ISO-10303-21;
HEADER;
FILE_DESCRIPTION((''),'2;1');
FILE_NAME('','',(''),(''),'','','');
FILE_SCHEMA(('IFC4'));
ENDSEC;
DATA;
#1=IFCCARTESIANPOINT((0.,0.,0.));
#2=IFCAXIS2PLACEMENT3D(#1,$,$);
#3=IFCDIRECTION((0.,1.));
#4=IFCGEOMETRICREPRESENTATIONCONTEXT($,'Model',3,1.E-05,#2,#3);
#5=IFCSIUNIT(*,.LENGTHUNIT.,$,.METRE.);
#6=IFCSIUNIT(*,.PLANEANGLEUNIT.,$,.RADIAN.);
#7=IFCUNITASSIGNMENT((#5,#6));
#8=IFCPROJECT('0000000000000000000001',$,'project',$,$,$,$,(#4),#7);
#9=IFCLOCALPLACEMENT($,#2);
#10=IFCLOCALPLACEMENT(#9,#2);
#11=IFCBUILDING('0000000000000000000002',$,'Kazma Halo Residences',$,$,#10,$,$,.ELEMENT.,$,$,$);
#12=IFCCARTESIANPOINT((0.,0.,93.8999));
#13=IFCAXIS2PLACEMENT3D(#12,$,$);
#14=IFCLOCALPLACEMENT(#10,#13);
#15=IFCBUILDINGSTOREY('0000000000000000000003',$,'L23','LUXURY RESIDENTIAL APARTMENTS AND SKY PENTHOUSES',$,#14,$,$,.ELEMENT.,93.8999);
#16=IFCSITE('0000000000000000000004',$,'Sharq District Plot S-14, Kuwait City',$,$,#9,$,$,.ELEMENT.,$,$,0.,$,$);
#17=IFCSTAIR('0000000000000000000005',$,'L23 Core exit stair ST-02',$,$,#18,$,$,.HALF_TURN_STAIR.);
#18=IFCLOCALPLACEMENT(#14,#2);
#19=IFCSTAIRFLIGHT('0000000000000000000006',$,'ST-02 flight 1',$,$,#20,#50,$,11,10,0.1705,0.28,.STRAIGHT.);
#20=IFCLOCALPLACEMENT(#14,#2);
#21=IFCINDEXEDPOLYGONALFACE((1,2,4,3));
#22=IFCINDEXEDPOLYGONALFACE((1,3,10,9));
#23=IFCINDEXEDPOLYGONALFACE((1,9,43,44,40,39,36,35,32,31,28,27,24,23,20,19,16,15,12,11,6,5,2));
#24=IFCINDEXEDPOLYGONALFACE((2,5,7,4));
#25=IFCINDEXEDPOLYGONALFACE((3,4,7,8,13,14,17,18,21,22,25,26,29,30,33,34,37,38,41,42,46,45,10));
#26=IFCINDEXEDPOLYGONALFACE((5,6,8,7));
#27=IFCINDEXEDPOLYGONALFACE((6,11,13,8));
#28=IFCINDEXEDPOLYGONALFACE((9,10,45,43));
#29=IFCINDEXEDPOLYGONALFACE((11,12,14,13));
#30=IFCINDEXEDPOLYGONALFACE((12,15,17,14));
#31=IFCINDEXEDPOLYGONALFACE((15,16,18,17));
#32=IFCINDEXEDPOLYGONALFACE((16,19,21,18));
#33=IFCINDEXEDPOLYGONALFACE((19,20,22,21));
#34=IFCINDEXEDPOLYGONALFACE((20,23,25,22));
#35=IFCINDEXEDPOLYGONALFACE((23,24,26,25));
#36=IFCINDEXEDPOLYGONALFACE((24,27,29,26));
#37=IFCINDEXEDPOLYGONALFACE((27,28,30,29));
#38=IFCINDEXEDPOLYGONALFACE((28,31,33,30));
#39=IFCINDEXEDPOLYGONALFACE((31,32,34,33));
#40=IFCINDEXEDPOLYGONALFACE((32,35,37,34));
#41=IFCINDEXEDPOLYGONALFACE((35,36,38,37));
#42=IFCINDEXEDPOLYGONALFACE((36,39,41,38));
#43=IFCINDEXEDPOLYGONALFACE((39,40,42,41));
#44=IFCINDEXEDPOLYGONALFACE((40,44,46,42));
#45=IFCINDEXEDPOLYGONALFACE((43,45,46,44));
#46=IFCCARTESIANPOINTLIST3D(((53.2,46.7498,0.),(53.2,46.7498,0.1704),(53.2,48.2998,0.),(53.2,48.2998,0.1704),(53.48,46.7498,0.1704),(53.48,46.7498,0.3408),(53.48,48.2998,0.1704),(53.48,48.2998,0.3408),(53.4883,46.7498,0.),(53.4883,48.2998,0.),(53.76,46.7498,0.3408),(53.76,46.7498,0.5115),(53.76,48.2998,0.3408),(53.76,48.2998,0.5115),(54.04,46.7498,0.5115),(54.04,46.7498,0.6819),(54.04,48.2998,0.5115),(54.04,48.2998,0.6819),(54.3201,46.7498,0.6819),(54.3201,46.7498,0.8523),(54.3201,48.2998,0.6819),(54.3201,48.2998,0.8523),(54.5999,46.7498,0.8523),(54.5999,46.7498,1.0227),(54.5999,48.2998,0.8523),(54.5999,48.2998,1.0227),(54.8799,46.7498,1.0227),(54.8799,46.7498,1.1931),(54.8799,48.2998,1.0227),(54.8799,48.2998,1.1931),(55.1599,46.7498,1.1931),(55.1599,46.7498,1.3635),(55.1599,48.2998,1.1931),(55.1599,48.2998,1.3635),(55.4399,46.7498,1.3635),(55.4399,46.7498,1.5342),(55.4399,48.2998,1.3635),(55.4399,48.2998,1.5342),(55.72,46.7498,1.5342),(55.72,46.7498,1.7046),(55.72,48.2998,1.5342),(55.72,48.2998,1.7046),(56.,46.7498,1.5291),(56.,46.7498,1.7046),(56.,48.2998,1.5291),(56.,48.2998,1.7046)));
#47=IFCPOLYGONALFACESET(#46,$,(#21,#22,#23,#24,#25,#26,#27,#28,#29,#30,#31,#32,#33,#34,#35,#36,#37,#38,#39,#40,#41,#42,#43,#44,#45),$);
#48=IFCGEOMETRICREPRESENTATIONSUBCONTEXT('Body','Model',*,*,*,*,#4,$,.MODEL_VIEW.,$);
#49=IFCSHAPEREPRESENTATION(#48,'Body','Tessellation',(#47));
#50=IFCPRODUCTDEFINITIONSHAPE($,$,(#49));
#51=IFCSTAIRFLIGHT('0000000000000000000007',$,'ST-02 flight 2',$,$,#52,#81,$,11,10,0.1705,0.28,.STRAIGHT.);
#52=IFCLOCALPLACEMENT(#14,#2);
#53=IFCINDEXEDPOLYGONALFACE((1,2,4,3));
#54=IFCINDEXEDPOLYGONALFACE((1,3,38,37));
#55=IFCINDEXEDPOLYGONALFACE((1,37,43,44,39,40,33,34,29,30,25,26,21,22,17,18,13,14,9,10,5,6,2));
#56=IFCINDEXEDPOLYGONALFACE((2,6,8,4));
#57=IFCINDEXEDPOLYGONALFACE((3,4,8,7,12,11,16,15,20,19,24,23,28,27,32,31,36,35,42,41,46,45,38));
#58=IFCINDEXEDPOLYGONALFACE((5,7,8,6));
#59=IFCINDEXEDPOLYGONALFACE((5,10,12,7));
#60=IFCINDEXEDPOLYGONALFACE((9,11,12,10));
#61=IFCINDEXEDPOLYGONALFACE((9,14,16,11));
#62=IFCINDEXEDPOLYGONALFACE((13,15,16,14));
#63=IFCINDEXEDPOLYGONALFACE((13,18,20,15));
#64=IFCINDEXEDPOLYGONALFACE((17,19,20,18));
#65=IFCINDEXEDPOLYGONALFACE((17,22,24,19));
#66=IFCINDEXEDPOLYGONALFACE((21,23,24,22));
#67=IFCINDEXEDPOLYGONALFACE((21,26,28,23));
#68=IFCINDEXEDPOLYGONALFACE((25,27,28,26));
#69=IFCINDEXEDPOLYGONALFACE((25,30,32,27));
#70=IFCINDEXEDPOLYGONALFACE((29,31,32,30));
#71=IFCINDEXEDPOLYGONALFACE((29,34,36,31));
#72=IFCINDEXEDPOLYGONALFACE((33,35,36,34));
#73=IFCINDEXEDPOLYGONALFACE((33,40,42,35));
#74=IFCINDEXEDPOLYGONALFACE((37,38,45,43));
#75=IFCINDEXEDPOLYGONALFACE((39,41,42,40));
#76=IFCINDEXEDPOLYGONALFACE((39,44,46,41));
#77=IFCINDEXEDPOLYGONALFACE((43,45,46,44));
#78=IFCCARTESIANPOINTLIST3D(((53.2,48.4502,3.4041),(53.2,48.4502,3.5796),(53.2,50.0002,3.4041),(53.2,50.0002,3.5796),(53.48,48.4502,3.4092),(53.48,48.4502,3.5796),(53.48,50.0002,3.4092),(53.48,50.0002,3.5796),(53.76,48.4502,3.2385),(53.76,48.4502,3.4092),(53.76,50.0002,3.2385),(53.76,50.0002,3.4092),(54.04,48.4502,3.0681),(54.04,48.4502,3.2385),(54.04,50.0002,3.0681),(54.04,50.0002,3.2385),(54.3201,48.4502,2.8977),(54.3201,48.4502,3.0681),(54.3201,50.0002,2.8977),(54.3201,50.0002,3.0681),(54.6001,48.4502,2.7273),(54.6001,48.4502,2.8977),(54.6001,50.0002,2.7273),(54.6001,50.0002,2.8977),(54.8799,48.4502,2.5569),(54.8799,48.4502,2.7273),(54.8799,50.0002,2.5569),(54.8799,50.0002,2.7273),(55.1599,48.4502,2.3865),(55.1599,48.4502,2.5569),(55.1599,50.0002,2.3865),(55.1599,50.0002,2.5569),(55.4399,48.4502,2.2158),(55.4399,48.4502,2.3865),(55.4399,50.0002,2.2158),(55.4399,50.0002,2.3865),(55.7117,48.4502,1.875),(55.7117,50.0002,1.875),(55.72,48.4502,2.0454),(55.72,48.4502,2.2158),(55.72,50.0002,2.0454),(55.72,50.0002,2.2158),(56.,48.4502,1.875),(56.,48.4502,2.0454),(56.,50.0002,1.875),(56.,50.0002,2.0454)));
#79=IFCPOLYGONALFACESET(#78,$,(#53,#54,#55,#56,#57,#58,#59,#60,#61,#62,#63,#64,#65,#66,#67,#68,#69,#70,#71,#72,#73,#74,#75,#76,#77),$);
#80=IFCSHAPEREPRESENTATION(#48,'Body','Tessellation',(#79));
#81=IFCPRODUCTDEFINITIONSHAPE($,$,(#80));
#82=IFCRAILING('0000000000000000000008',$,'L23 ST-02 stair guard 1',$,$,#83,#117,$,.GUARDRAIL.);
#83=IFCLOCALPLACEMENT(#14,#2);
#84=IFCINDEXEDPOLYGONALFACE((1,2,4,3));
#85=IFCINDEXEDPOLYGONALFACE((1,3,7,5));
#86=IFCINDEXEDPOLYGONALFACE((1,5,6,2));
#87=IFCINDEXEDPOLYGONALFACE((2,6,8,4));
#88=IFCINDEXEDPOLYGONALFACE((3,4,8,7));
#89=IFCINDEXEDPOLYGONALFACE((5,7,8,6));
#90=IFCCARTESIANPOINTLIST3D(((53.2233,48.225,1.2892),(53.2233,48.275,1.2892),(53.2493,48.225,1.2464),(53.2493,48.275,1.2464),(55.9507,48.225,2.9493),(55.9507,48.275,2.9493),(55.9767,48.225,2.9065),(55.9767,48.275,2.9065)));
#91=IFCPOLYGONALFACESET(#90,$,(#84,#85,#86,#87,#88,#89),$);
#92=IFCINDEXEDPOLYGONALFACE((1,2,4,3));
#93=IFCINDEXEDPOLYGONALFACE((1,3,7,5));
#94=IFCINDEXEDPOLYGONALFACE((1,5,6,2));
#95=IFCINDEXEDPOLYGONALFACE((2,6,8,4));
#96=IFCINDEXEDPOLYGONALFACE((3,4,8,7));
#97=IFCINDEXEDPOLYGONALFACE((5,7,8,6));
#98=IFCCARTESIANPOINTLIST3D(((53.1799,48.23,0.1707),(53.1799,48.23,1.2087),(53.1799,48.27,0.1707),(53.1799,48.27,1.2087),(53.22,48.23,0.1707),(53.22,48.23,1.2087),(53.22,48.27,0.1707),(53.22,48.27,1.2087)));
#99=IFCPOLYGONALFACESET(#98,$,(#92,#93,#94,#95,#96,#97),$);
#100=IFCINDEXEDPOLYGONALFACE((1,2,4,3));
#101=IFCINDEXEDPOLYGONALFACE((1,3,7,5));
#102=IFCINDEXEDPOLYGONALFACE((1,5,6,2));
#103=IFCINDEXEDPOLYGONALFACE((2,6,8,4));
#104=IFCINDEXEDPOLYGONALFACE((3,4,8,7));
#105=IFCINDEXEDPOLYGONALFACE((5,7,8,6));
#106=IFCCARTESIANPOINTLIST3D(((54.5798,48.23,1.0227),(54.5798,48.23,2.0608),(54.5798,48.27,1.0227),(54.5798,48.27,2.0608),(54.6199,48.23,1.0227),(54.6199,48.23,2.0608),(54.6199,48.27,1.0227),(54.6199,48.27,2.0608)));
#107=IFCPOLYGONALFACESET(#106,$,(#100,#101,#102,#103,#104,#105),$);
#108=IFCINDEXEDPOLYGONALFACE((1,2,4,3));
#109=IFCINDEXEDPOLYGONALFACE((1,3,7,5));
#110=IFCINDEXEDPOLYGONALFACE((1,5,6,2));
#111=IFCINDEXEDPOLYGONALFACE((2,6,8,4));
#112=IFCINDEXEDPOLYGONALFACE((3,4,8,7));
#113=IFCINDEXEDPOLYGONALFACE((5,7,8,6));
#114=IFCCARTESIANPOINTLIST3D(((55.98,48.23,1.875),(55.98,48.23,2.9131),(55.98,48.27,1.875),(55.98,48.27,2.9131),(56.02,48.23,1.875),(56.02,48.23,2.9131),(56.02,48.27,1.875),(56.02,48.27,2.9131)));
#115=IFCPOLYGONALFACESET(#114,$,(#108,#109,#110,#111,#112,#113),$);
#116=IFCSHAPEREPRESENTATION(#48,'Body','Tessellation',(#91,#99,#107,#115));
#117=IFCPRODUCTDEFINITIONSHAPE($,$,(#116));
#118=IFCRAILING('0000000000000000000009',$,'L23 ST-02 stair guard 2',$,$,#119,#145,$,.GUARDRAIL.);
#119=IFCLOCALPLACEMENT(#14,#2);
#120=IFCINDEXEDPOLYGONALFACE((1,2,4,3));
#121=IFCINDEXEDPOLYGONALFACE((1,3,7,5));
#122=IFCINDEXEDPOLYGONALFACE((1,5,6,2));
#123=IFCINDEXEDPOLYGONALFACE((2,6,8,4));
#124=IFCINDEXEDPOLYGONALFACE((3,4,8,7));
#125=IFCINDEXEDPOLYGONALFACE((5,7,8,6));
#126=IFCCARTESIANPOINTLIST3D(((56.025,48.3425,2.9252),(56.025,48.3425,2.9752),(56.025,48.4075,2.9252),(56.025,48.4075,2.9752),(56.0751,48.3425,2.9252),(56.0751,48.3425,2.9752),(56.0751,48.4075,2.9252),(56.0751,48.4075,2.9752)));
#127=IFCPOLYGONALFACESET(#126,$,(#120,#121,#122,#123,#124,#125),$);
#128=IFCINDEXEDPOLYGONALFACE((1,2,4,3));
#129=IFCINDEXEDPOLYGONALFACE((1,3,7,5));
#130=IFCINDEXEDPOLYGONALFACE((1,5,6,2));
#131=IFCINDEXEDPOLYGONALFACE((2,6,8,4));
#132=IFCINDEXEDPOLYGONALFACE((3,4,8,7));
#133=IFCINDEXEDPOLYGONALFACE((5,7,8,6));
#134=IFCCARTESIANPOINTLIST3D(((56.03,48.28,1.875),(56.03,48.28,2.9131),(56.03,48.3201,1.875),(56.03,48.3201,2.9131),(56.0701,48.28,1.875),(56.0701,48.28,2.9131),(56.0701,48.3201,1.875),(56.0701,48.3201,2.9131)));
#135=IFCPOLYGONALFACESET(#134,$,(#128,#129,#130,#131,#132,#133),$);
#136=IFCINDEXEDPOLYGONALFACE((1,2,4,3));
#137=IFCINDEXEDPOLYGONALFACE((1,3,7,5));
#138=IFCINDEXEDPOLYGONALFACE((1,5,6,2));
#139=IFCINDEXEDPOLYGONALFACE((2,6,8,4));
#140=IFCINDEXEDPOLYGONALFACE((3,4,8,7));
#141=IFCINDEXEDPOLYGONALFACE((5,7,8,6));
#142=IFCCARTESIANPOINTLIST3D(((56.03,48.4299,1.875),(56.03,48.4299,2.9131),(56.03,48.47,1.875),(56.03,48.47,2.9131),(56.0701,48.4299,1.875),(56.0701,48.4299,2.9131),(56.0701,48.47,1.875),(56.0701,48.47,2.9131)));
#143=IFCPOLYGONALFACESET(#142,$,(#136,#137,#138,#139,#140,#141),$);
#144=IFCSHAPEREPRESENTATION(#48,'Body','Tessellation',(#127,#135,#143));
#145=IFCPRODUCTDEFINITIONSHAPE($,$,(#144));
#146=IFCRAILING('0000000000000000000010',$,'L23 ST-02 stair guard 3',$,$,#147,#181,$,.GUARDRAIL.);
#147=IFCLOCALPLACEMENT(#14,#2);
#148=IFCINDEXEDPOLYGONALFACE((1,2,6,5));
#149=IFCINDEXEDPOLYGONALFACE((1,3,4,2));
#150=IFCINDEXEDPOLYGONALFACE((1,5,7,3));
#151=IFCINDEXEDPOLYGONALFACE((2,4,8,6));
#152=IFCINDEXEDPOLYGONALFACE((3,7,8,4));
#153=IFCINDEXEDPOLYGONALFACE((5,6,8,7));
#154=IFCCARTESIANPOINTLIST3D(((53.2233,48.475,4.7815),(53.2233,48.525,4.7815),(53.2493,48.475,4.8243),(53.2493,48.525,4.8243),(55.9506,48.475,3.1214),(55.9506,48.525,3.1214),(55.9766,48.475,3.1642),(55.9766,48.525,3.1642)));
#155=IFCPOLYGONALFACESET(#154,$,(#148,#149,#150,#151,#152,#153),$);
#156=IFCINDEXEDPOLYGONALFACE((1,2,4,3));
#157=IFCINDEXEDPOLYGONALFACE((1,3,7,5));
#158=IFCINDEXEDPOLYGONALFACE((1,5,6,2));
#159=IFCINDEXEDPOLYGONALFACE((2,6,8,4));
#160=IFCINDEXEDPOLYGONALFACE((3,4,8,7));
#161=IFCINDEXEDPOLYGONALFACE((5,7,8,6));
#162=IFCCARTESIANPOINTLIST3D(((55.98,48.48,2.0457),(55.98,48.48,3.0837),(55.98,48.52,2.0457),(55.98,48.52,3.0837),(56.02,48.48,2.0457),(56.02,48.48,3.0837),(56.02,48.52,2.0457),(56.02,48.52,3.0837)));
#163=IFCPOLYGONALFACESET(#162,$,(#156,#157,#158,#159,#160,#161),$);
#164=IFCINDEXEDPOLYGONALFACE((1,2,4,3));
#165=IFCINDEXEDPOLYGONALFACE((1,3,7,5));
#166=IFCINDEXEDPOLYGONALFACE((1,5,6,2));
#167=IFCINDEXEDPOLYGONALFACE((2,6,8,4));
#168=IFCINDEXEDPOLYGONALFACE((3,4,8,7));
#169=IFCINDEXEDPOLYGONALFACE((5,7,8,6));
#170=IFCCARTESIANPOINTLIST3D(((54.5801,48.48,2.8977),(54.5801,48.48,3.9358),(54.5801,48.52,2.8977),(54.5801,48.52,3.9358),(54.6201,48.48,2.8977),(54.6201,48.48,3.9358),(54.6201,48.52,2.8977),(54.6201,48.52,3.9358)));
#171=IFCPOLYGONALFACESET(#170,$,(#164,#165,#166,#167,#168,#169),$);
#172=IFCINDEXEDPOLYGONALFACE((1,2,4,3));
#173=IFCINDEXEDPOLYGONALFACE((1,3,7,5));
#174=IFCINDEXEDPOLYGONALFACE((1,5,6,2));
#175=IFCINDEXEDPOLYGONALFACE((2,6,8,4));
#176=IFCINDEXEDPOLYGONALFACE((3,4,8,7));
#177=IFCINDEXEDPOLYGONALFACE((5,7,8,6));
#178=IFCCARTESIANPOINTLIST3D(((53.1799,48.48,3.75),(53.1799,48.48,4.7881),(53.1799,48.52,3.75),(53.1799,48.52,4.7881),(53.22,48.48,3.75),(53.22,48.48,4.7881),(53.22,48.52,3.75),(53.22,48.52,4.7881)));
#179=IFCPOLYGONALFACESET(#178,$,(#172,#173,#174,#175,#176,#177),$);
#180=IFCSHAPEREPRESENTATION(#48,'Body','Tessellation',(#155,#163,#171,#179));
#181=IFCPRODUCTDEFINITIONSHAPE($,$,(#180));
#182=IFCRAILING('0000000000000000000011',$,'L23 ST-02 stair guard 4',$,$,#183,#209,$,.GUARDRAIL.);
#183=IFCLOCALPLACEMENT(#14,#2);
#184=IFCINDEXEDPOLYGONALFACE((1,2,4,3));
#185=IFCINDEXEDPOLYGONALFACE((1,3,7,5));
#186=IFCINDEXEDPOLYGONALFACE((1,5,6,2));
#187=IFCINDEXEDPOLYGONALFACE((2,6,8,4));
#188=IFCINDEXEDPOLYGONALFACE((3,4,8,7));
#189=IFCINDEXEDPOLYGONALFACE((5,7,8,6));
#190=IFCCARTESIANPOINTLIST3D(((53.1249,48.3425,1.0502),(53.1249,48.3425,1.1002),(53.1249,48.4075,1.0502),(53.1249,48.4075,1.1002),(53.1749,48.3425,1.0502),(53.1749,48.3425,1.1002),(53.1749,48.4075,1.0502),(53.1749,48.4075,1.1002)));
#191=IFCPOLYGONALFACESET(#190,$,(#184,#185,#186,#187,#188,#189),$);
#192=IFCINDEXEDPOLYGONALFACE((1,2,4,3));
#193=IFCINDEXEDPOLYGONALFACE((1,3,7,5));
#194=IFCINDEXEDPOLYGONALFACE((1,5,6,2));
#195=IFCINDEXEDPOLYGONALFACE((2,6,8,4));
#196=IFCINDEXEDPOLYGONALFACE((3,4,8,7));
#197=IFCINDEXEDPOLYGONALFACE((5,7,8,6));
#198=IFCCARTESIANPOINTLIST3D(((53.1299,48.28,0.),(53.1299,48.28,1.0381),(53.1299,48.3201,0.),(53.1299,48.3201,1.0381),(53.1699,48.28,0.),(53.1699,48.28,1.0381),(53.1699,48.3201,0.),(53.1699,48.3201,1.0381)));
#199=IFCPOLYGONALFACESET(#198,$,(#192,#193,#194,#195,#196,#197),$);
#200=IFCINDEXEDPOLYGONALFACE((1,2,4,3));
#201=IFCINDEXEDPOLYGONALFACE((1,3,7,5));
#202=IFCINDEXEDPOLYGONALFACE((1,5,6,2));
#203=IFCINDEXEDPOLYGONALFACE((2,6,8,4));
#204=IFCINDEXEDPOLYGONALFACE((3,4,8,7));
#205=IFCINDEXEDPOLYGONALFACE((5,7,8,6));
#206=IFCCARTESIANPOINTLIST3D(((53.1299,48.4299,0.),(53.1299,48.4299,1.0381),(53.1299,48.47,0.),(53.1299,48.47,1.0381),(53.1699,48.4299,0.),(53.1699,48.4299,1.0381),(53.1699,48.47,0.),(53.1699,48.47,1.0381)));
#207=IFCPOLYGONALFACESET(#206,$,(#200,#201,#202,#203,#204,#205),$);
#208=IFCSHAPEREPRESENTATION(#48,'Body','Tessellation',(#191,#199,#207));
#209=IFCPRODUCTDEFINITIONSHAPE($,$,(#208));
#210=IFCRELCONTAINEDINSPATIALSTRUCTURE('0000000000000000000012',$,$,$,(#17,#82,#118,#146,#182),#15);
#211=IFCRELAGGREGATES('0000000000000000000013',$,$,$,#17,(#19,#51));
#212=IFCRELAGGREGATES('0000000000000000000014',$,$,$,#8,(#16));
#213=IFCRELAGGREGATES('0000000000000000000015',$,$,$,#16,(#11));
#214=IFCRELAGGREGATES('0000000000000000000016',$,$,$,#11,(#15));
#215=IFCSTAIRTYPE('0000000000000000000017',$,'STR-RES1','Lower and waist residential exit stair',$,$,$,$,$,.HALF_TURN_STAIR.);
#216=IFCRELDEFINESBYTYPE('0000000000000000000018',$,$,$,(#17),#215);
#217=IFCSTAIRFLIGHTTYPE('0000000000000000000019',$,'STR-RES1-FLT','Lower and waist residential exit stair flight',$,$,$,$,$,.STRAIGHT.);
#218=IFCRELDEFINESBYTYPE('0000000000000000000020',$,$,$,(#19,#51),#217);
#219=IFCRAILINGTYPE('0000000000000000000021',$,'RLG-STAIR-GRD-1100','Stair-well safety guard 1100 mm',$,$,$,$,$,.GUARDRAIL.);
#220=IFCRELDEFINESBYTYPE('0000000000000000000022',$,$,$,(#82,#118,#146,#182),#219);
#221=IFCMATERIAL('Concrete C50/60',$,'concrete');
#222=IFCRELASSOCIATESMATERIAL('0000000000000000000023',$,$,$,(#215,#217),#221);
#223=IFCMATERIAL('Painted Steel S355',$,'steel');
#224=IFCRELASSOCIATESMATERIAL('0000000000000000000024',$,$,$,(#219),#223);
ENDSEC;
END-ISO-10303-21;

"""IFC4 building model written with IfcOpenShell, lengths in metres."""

from ifc_helpers import new_model, si_unit, direction, frame, origin, origin_2d, place, context, subcontext, project, spatial, polyline, rectangle, outline, extrude, material, type_object, element, aggregate, save


model = new_model("IFC4")

# Units and contexts
model_context = context("Model", 3, precision=1e-05, world=origin(), true_north=direction((0.0, 1.0)))
body_context = subcontext(model_context, "Body", "Model", "MODEL_VIEW")
ifc_project = project(units=[si_unit("LENGTHUNIT", "METRE"), si_unit("PLANEANGLEUNIT", "RADIAN")], contexts=[model_context])

# Site, building, storey
site_placement = place(None, origin())
site = spatial("IfcSite", under=ifc_project, at=site_placement, Name="Sharq District Plot S-14, Kuwait City", CompositionType="ELEMENT", RefElevation=0.0)
building_placement = place(site_placement, origin())
building = spatial("IfcBuilding", under=site, at=building_placement, Name="Kazma Halo Residences", CompositionType="ELEMENT")
storey_placement = place(building_placement, frame((0.0, 0.0, 93.8999)))
storey = spatial("IfcBuildingStorey", under=building, at=storey_placement, Name="L23", Description="LUXURY RESIDENTIAL APARTMENTS AND SKY PENTHOUSES", CompositionType="ELEMENT", Elevation=93.8999)

# Shared definitions
ifc_material_1 = material(Name="Concrete C50/60", Category="concrete")

# Stair, stair flights
stair_type = type_object("IfcStairType", Name="STR-RES1", Description="Lower and waist residential exit stair", PredefinedType="HALF_TURN_STAIR", material=ifc_material_1)
stair_placement = place(storey_placement, origin())
stair = element("IfcStair", 1, at=stair_placement, inside=storey, type_object=stair_type, Name="L23 Core exit stair ST-02", PredefinedType="HALF_TURN_STAIR")
stair_flight_type = type_object("IfcStairFlightType", Name="STR-RES1-FLT", Description="Lower and waist residential exit stair flight", PredefinedType="STRAIGHT", material=ifc_material_1)
stair_flight_1_placement = place(storey_placement, frame((53.2, 47.5249, 0.0), z_axis=(0.0, 0.0, 1.0), x_axis=(1.0, 0.0, 0.0)))
stair_flight_1 = element("IfcStairFlight", 2, at=stair_flight_1_placement, type_object=stair_flight_type, Name="ST-02 flight 1", NumberOfRisers=11, NumberOfTreads=10, PredefinedType="STRAIGHT", RiserHeight=0.1705, TreadLength=0.28, context=body_context, shape_type="SweptSolid", body=[
    extrude(outline(polyline([(0.0, 0.0), (0.0, 0.1704), (0.28, 0.1704), (0.28, 0.3408), (0.5601, 0.3408), (0.5601, 0.5115), (0.8401, 0.5115), (0.8401, 0.6819), (1.1201, 0.6819), (1.1201, 0.8523), (1.3999, 0.8523), (1.3999, 1.0227), (1.6799, 1.0227), (1.6799, 1.1931), (1.96, 1.1931), (1.96, 1.3635), (2.24, 1.3635), (2.24, 1.5342), (2.52, 1.5342), (2.52, 1.7046), (2.8, 1.7046), (2.8, 1.875), (2.8, 1.5291), (0.2883, 0.0), (0.0, 0.0)])), frame((0.0, 0.7749, 0.0), z_axis=(0.0, -1.0, 0.0), x_axis=(1.0, 0.0, 0.0)), (0.0, 0.0, 1.0), 1.55),
])
stair_flight_2_placement = place(storey_placement, frame((56.0, 49.2251, 1.875), z_axis=(0.0, 0.0, 1.0), x_axis=(-1.0, 0.0, 0.0)))
stair_flight_2 = element("IfcStairFlight", 3, at=stair_flight_2_placement, type_object=stair_flight_type, Name="ST-02 flight 2", NumberOfRisers=11, NumberOfTreads=10, PredefinedType="STRAIGHT", RiserHeight=0.1705, TreadLength=0.28, context=body_context, shape_type="SweptSolid", body=[
    extrude(outline(polyline([(0.0, 0.0), (0.0, 0.1704), (0.28, 0.1704), (0.28, 0.3408), (0.5601, 0.3408), (0.5601, 0.5115), (0.8401, 0.5115), (0.8401, 0.6819), (1.1201, 0.6819), (1.1201, 0.8523), (1.3999, 0.8523), (1.3999, 1.0227), (1.6799, 1.0227), (1.6799, 1.1931), (1.96, 1.1931), (1.96, 1.3635), (2.24, 1.3635), (2.24, 1.5342), (2.52, 1.5342), (2.52, 1.7046), (2.8, 1.7046), (2.8, 1.875), (2.8, 1.5291), (0.2883, 0.0), (0.0, 0.0)])), frame((0.0, 0.7749, 0.0), z_axis=(0.0, -1.0, 0.0), x_axis=(1.0, 0.0, 0.0)), (0.0, 0.0, 1.0), 1.55),
])
aggregate(stair, [stair_flight_1, stair_flight_2])

# Railings
ifc_material_2 = material(Name="Painted Steel S355", Category="steel")
railing_type_1 = type_object("IfcRailingType", Name="RLG-STAIR-GRD-1100", Description="Stair-well safety guard 1100 mm", PredefinedType="GUARDRAIL", material=ifc_material_2)
railing_1_placement = place(storey_placement, frame((53.2, 48.25, 0.1707)))
element("IfcRailing", 4, at=railing_1_placement, inside=storey, type_object=railing_type_1, Name="L23 ST-02 stair guard 1", PredefinedType="GUARDRAIL", context=body_context, shape_type="SweptSolid", body=[
    extrude(rectangle(XDim=0.05, YDim=0.05, at=origin_2d()), frame((0.0364, 0.0, 1.0972), z_axis=(0.854203, 0.0, 0.51994), x_axis=(0.0, 1.0, 0.0)), (0.0, 0.0, 1.0), 3.1929),
    extrude(rectangle(XDim=0.04, YDim=0.04, at=origin_2d()), origin(), (0.0, 0.0, 1.0), 1.0381),
    extrude(rectangle(XDim=0.04, YDim=0.04, at=origin_2d()), frame((1.3999, 0.0, 0.8521)), (0.0, 0.0, 1.0), 1.0381),
    extrude(rectangle(XDim=0.04, YDim=0.04, at=origin_2d()), frame((2.8, 0.0, 1.7043)), (0.0, 0.0, 1.0), 1.0381),
])
railing_2_placement = place(storey_placement, frame((56.05, 48.3, 1.875)))
element("IfcRailing", 5, at=railing_2_placement, inside=storey, type_object=railing_type_1, Name="L23 ST-02 stair guard 2", PredefinedType="GUARDRAIL", context=body_context, shape_type="SweptSolid", body=[
    extrude(rectangle(XDim=0.05, YDim=0.05, at=origin_2d()), frame((0.0, 0.0425, 1.0752), z_axis=(0.0, 1.0, 0.0), x_axis=(-1.0, 0.0, 0.0)), (0.0, 0.0, 1.0), 0.0649),
    extrude(rectangle(XDim=0.04, YDim=0.04, at=origin_2d()), origin(), (0.0, 0.0, 1.0), 1.0381),
    extrude(rectangle(XDim=0.04, YDim=0.04, at=origin_2d()), frame((0.0, 0.1499, 0.0)), (0.0, 0.0, 1.0), 1.0381),
])
railing_3_placement = place(storey_placement, frame((56.0, 48.5, 2.0457)))
element("IfcRailing", 6, at=railing_3_placement, inside=storey, type_object=railing_type_1, Name="L23 ST-02 stair guard 3", PredefinedType="GUARDRAIL", context=body_context, shape_type="SweptSolid", body=[
    extrude(rectangle(XDim=0.05, YDim=0.05, at=origin_2d()), frame((-0.0364, 0.0, 1.0972), z_axis=(-0.854203, 0.0, 0.51994), x_axis=(0.0, -1.0, 0.0)), (0.0, 0.0, 1.0), 3.1929),
    extrude(rectangle(XDim=0.04, YDim=0.04, at=origin_2d()), origin(), (0.0, 0.0, 1.0), 1.0381),
    extrude(rectangle(XDim=0.04, YDim=0.04, at=origin_2d()), frame((-1.3999, 0.0, 0.8521)), (0.0, 0.0, 1.0), 1.0381),
    extrude(rectangle(XDim=0.04, YDim=0.04, at=origin_2d()), frame((-2.8, 0.0, 1.7043)), (0.0, 0.0, 1.0), 1.0381),
])
railing_4_placement = place(storey_placement, frame((53.1499, 48.3, 0.0)))
element("IfcRailing", 7, at=railing_4_placement, inside=storey, type_object=railing_type_1, Name="L23 ST-02 stair guard 4", PredefinedType="GUARDRAIL", context=body_context, shape_type="SweptSolid", body=[
    extrude(rectangle(XDim=0.05, YDim=0.05, at=origin_2d()), frame((0.0, 0.0425, 1.0752), z_axis=(0.0, 1.0, 0.0), x_axis=(-1.0, 0.0, 0.0)), (0.0, 0.0, 1.0), 0.0649),
    extrude(rectangle(XDim=0.04, YDim=0.04, at=origin_2d()), origin(), (0.0, 0.0, 1.0), 1.0381),
    extrude(rectangle(XDim=0.04, YDim=0.04, at=origin_2d()), frame((0.0, 0.1499, 0.0)), (0.0, 0.0, 1.0), 1.0381),
])

save(model, "model.ifc")
